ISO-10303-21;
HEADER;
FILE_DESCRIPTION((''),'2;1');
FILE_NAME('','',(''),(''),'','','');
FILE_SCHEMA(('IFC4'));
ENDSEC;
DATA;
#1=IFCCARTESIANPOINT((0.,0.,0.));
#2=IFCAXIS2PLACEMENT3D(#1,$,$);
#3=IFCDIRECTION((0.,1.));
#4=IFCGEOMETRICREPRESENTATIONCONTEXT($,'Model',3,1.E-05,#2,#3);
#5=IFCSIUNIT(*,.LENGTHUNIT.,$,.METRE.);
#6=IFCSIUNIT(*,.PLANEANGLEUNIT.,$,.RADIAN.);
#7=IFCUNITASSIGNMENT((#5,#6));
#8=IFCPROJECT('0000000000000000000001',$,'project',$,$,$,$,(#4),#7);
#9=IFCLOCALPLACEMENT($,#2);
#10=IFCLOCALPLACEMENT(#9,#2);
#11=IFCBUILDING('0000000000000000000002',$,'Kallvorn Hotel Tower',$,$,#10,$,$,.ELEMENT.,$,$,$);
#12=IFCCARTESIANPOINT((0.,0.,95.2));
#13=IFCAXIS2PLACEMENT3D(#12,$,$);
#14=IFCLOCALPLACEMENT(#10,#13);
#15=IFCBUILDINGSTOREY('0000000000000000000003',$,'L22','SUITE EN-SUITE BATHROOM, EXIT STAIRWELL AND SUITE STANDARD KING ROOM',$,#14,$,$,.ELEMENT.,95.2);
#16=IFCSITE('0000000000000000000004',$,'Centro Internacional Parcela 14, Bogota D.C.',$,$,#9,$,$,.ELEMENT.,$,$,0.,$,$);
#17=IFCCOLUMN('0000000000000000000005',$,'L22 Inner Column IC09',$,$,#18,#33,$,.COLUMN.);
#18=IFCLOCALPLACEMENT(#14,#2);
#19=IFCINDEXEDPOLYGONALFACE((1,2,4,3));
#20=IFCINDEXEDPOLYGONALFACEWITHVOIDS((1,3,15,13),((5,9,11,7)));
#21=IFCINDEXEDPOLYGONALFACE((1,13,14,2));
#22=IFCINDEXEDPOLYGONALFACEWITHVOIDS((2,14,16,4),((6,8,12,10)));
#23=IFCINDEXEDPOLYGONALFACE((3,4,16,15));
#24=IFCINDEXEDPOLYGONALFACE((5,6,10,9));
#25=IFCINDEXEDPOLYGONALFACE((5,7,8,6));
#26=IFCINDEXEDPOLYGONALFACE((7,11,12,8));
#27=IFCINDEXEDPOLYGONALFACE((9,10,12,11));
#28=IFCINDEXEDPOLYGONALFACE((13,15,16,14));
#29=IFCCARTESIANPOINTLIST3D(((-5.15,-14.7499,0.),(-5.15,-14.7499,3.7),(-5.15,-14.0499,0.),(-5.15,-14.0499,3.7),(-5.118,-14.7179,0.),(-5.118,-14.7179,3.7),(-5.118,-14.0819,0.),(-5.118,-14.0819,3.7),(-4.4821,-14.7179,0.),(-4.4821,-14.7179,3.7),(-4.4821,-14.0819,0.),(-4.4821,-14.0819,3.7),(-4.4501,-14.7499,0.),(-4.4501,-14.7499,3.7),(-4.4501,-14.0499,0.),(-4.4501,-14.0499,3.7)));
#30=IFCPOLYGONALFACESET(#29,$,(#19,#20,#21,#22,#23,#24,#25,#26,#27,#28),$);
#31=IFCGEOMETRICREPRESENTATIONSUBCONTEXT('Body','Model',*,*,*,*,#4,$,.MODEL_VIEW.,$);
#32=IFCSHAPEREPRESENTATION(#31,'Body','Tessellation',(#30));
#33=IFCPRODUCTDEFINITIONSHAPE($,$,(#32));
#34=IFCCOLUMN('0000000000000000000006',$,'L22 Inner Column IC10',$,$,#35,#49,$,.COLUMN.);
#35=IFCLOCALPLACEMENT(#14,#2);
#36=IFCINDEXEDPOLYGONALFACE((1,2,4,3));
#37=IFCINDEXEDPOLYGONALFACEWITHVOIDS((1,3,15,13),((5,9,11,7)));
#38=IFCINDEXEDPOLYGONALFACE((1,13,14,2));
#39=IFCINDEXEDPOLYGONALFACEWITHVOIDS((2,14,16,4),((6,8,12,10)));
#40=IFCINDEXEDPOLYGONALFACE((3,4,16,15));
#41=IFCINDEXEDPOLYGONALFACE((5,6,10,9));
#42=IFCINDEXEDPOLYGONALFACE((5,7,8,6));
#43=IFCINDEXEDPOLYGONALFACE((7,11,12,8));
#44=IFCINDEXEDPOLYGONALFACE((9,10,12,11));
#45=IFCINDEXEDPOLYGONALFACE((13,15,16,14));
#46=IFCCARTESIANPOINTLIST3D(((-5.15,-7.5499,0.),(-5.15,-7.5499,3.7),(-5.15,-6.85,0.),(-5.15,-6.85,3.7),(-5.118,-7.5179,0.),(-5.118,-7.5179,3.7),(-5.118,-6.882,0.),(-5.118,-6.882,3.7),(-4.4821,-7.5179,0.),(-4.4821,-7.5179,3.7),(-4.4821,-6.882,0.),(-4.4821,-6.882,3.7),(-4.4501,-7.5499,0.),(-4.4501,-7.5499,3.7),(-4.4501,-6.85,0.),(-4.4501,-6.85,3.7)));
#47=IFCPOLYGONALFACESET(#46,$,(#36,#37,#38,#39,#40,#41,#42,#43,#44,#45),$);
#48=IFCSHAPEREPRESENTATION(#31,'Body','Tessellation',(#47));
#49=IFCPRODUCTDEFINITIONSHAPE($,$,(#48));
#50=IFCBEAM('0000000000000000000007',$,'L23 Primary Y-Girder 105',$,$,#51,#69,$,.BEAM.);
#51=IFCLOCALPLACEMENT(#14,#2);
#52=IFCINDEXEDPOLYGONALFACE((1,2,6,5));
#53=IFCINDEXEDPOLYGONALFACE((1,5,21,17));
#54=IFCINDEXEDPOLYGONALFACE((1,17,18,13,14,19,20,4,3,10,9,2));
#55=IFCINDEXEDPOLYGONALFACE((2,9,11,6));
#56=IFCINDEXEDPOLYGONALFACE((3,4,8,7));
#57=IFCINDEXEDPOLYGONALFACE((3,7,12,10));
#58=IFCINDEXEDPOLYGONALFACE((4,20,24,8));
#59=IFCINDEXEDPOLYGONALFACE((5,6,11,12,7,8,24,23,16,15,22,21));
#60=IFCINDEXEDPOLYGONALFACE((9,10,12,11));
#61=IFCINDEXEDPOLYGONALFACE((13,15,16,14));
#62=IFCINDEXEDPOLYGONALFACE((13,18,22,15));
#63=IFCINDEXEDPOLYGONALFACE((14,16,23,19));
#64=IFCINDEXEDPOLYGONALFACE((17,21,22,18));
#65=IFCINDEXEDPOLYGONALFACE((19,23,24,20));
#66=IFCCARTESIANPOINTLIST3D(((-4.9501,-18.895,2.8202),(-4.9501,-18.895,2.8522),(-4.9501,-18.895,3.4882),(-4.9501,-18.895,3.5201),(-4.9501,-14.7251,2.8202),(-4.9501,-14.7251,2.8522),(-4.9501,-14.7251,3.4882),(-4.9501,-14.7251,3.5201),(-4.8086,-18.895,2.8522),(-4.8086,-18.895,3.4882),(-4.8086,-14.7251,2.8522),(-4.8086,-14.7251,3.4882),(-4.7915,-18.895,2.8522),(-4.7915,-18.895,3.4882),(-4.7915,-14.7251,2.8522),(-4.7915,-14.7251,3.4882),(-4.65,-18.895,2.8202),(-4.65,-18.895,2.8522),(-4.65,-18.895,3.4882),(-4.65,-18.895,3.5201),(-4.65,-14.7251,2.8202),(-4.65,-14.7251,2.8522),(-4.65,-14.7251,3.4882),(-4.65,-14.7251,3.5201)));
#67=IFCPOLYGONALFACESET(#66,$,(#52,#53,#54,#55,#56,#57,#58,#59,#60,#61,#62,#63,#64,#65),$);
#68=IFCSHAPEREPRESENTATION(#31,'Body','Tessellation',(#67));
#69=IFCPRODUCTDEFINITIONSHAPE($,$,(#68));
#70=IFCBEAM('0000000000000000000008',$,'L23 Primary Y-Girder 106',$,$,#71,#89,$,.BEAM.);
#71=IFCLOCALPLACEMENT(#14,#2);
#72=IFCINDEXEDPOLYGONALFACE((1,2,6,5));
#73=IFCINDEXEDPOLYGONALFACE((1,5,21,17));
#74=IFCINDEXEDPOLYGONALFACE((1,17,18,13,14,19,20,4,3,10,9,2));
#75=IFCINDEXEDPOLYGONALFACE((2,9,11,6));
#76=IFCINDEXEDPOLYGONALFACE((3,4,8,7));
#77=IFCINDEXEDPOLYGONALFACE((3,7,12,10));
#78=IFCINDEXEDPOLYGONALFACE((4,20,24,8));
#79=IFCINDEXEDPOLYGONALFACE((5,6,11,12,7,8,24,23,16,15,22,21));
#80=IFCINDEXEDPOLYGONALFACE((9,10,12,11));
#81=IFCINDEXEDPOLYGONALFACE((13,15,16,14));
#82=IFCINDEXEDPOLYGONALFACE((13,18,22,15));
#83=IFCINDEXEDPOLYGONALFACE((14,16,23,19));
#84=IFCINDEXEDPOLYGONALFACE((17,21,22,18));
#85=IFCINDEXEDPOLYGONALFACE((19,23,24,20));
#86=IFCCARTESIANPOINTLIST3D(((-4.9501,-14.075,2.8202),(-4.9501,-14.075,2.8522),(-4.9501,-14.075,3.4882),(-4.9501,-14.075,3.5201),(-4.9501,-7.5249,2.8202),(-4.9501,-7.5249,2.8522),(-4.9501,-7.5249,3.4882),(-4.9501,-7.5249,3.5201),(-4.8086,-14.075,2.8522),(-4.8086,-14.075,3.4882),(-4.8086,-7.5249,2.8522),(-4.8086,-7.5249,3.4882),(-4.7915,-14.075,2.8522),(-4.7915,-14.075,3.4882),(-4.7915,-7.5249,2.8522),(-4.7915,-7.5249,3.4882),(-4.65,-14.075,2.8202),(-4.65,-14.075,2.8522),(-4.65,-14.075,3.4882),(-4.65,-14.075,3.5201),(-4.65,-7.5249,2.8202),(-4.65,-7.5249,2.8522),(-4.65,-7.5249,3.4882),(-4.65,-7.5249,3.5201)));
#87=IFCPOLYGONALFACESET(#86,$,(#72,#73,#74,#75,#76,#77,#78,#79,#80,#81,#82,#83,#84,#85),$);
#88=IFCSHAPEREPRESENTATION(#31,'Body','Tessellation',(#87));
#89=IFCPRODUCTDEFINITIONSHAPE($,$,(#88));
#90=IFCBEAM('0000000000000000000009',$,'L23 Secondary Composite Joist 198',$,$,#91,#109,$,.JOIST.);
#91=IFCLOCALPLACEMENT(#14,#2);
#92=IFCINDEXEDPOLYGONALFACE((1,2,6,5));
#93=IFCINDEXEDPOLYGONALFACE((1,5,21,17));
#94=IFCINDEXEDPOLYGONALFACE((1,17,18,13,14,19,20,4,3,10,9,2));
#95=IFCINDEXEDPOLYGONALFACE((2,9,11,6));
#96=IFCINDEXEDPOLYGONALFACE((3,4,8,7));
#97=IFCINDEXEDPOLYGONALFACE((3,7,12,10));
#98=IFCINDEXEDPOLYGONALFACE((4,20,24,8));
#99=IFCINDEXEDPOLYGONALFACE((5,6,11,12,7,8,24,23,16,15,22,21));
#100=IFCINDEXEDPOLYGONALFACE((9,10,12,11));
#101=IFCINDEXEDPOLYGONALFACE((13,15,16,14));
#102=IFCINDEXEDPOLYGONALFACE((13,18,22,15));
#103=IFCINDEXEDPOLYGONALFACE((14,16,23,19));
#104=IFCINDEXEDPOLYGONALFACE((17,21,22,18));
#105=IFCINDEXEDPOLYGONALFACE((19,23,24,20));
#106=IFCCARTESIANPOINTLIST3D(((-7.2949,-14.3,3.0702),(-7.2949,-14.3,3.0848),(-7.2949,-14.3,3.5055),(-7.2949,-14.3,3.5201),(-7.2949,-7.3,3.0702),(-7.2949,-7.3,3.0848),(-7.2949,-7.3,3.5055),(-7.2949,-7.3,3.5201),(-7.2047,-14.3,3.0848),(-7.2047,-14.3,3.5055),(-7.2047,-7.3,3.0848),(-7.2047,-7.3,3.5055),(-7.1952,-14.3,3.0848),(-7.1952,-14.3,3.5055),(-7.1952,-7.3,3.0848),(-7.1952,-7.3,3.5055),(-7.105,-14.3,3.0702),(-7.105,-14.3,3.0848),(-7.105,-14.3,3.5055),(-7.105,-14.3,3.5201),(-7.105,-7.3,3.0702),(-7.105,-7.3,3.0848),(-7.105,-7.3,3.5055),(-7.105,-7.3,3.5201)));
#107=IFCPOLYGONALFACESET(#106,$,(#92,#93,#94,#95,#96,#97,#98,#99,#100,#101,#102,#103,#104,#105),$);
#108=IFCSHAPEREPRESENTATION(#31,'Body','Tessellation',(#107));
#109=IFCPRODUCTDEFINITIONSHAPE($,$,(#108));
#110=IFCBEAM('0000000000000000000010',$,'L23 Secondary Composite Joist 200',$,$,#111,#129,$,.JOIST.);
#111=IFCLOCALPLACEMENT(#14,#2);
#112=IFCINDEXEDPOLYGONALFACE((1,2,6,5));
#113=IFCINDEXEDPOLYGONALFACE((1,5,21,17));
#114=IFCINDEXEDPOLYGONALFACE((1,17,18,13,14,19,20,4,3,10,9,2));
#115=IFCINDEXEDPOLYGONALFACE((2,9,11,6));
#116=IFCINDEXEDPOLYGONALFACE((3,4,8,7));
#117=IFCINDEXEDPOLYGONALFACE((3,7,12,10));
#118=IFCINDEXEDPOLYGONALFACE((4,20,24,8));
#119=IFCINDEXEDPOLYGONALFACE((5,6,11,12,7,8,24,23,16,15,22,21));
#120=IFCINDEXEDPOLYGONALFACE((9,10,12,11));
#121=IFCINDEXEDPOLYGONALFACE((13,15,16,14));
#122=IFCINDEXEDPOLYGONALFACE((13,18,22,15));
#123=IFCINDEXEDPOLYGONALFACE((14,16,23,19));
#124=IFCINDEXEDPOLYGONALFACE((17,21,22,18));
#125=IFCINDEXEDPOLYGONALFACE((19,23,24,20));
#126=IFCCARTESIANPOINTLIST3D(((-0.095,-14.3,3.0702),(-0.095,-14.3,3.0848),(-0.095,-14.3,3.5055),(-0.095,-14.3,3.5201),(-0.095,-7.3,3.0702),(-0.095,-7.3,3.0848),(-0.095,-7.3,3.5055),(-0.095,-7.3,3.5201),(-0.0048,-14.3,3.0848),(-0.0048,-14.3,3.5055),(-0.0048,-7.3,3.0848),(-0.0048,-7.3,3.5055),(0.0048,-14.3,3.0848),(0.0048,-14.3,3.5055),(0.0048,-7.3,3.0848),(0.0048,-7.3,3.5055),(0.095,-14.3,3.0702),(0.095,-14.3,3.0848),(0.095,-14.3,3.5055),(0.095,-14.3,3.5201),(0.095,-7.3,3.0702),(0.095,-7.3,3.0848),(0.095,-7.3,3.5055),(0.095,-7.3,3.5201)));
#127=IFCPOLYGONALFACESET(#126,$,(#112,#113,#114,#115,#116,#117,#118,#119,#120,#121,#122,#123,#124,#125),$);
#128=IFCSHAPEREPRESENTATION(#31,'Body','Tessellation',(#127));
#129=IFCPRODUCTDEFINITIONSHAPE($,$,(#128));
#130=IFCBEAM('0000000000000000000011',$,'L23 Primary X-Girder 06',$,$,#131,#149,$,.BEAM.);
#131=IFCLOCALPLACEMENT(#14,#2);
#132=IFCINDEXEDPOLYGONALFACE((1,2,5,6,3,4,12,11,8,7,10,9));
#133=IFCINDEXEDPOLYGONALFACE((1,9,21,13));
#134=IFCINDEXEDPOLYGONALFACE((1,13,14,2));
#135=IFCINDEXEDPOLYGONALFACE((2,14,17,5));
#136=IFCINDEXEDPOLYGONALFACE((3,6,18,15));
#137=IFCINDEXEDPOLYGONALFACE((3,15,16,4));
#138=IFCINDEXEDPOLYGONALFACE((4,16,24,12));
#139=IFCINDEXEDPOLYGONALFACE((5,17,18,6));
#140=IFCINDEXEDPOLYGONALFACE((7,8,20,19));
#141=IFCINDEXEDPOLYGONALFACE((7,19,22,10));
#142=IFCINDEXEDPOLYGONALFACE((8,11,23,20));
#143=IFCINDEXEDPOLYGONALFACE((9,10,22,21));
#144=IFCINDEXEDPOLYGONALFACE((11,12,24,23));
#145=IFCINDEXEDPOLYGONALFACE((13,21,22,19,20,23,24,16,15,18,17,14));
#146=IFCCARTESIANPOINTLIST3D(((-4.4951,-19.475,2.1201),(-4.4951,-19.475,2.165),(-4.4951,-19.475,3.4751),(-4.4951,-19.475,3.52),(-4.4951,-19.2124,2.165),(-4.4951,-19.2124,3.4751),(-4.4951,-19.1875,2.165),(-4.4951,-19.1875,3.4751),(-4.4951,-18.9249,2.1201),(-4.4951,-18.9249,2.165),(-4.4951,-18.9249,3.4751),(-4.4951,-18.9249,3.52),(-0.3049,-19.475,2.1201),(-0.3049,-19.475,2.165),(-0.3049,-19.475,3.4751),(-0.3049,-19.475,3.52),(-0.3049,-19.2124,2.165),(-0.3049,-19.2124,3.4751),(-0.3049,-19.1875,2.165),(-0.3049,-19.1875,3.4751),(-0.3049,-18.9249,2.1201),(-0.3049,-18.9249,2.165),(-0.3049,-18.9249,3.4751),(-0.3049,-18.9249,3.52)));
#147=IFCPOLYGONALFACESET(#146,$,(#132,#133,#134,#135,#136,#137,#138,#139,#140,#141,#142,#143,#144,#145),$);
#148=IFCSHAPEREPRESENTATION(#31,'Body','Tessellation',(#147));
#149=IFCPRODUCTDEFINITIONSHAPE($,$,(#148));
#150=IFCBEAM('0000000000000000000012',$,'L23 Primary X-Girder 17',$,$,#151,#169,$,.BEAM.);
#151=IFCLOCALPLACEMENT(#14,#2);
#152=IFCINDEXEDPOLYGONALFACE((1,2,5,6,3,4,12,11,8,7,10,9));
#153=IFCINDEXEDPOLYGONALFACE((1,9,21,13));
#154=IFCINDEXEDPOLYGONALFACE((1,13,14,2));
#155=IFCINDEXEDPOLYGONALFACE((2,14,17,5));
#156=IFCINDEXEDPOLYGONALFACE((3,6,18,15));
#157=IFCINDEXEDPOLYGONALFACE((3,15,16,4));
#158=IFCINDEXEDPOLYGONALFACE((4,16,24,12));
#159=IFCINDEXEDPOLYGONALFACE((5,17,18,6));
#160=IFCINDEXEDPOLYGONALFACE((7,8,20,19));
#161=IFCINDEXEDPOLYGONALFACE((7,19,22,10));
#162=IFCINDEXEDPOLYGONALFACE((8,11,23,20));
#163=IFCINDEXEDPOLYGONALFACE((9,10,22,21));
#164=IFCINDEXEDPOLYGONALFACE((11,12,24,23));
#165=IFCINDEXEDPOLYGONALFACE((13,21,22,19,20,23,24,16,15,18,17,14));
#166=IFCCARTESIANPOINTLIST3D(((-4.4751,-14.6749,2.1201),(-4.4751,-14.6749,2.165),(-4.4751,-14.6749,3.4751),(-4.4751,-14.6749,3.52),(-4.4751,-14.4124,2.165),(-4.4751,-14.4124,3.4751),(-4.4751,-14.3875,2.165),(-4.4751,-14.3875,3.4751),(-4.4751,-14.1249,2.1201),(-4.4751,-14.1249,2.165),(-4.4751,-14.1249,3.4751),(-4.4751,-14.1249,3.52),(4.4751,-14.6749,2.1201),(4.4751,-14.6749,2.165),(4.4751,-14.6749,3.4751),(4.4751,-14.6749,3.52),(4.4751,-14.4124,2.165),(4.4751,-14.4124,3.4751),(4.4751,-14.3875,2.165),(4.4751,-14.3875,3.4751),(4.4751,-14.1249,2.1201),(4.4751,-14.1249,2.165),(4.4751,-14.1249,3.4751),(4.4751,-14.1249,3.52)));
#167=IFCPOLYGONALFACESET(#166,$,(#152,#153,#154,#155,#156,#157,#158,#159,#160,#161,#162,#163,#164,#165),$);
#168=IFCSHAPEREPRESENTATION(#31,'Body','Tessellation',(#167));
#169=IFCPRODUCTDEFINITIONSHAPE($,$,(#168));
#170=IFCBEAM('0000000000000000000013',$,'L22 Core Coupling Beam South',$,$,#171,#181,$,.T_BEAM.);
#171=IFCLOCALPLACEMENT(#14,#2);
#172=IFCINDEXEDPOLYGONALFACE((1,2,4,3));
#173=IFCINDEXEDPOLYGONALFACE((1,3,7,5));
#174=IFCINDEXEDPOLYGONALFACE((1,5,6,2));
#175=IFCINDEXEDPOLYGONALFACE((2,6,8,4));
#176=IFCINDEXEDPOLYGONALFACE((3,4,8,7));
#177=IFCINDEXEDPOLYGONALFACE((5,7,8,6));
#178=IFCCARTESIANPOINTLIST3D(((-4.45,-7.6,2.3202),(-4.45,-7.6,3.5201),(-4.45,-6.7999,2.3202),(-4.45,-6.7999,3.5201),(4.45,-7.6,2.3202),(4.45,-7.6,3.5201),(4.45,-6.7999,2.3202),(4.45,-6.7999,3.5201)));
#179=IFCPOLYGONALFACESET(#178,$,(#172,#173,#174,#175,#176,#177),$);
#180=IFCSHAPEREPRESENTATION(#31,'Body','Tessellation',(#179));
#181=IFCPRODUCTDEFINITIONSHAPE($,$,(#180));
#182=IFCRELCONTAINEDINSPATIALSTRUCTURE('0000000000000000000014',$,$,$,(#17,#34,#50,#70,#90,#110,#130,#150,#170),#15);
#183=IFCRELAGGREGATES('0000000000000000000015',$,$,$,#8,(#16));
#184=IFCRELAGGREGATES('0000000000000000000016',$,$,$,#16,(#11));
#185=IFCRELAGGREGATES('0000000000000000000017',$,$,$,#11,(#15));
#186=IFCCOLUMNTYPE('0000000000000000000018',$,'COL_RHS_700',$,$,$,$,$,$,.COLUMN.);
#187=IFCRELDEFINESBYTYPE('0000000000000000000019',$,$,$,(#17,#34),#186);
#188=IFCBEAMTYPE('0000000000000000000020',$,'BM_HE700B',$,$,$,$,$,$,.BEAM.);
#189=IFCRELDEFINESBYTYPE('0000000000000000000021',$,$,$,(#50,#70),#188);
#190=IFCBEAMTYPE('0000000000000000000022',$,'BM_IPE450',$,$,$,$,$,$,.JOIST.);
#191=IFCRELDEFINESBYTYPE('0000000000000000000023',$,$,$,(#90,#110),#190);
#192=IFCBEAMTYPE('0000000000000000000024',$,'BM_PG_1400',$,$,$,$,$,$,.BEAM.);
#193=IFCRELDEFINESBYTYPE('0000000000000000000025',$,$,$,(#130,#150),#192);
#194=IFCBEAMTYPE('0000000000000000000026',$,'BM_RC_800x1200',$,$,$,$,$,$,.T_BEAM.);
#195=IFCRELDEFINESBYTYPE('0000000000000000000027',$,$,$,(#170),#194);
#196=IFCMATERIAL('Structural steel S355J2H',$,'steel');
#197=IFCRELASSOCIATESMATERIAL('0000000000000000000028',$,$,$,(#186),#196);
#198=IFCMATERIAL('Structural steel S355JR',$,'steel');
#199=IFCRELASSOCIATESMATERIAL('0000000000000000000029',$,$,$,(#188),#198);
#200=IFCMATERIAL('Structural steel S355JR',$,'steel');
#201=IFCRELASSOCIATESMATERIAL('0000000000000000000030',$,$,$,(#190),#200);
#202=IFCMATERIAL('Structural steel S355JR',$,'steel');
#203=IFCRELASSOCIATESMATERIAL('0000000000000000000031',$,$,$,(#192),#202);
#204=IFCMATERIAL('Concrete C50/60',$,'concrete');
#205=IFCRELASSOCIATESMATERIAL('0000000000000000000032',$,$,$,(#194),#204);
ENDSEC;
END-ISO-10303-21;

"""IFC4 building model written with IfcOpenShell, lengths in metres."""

from ifc_helpers import new_model, si_unit, direction, frame, origin, origin_2d, place, context, subcontext, project, spatial, rectangle, hollow_rectangle, i_section, extrude, material, material_profile, profile_set, type_object, element, save


model = new_model("IFC4")

# Units and contexts
model_context = context("Model", 3, precision=1e-05, world=origin(), true_north=direction((0.0, 1.0)))
body_context = subcontext(model_context, "Body", "Model", "MODEL_VIEW")
ifc_project = project(units=[si_unit("LENGTHUNIT", "METRE"), si_unit("PLANEANGLEUNIT", "RADIAN")], contexts=[model_context])

# Site, building, storey
site_placement = place(None, origin())
site = spatial("IfcSite", under=ifc_project, at=site_placement, Name="Centro Internacional Parcela 14, Bogota D.C.", CompositionType="ELEMENT", RefElevation=0.0)
building_placement = place(site_placement, origin())
building = spatial("IfcBuilding", under=site, at=building_placement, Name="Kallvorn Hotel Tower", CompositionType="ELEMENT")
storey_placement = place(building_placement, frame((0.0, 0.0, 95.2)))
storey = spatial("IfcBuildingStorey", under=building, at=storey_placement, Name="L22", Description="SUITE EN-SUITE BATHROOM, EXIT STAIRWELL AND SUITE STANDARD KING ROOM", CompositionType="ELEMENT", Elevation=95.2)

# Columns
ifc_material_1 = material(Name="Structural steel S355J2H", Category="steel")
ifc_material_profile_1 = material_profile(ifc_material_1, hollow_rectangle(XDim=0.7, YDim=0.7, WallThickness=0.032, at=origin_2d()), Name="RHS 700x700x32")
ifc_profile_set_1 = profile_set([ifc_material_profile_1], Name="Structural steel S355J2H")
column_type_1 = type_object("IfcColumnType", Name="COL_RHS_700", PredefinedType="COLUMN", material=ifc_profile_set_1)
for number, where, z_axis, x_axis, name in (
    (1, (-4.8, -14.3999, 0.0), (0.0, 0.0, 1.0), (1.0, 0.0, 0.0), "L22 Inner Column IC09"),
    (2, (-4.8, -7.2, 0.0), (0.0, 0.0, 1.0), (1.0, 0.0, 0.0), "L22 Inner Column IC10"),
):
    element("IfcColumn", number, at=place(storey_placement, frame(where, z_axis=z_axis, x_axis=x_axis)), inside=storey, type_object=column_type_1, Name=name, PredefinedType="COLUMN", context=body_context, shape_type="SweptSolid", body=[
        extrude(hollow_rectangle(XDim=0.7, YDim=0.7, WallThickness=0.032, at=origin_2d()), origin(), (0.0, 0.0, 1.0), 3.7),
    ])

# Beams
ifc_material_2 = material(Name="Structural steel S355JR", Category="steel")
ifc_material_profile_2 = material_profile(ifc_material_2, i_section(OverallWidth=0.3, OverallDepth=0.7, WebThickness=0.0171, FlangeThickness=0.032, at=origin_2d()), Name="HE 700 B")
ifc_profile_set_2 = profile_set([ifc_material_profile_2], Name="Structural steel S355JR")
beam_type_1 = type_object("IfcBeamType", Name="BM_HE700B", PredefinedType="BEAM", material=ifc_profile_set_2)
beam_1_placement = place(storey_placement, frame((-4.8, -18.895, 3.1702), z_axis=(0.0, 1.0, 0.0), x_axis=(-1.0, 0.0, 0.0)))
element("IfcBeam", 3, at=beam_1_placement, inside=storey, type_object=beam_type_1, Name="L23 Primary Y-Girder 105", PredefinedType="BEAM", context=body_context, shape_type="SweptSolid", body=[
    extrude(i_section(OverallWidth=0.3, OverallDepth=0.7, WebThickness=0.0171, FlangeThickness=0.032, at=origin_2d()), origin(), (0.0, 0.0, 1.0), 4.1699),
])
beam_2_placement = place(storey_placement, frame((-4.8, -14.075, 3.1702), z_axis=(0.0, 1.0, 0.0), x_axis=(-1.0, 0.0, 0.0)))
element("IfcBeam", 4, at=beam_2_placement, inside=storey, type_object=beam_type_1, Name="L23 Primary Y-Girder 106", PredefinedType="BEAM", context=body_context, shape_type="SweptSolid", body=[
    extrude(i_section(OverallWidth=0.3, OverallDepth=0.7, WebThickness=0.0171, FlangeThickness=0.032, at=origin_2d()), origin(), (0.0, 0.0, 1.0), 6.55),
])
ifc_material_3 = material(Name="Structural steel S355JR", Category="steel")
ifc_material_profile_3 = material_profile(ifc_material_3, i_section(OverallWidth=0.1899, OverallDepth=0.45, WebThickness=0.0095, FlangeThickness=0.0146, at=origin_2d()), Name="IPE 450")
ifc_profile_set_3 = profile_set([ifc_material_profile_3], Name="Structural steel S355JR")
beam_type_2 = type_object("IfcBeamType", Name="BM_IPE450", PredefinedType="JOIST", material=ifc_profile_set_3)
for number, where, z_axis, x_axis, name in (
    (5, (-7.2, -14.3, 3.2952), (0.0, 1.0, 0.0), (-1.0, 0.0, 0.0), "L23 Secondary Composite Joist 198"),
    (6, (0.0, -14.3, 3.2952), (0.0, 1.0, 0.0), (-1.0, 0.0, 0.0), "L23 Secondary Composite Joist 200"),
):
    element("IfcBeam", number, at=place(storey_placement, frame(where, z_axis=z_axis, x_axis=x_axis)), inside=storey, type_object=beam_type_2, Name=name, PredefinedType="JOIST", context=body_context, shape_type="SweptSolid", body=[
        extrude(i_section(OverallWidth=0.1899, OverallDepth=0.45, WebThickness=0.0095, FlangeThickness=0.0146, at=origin_2d()), origin(), (0.0, 0.0, 1.0), 7.0),
    ])
ifc_material_4 = material(Name="Structural steel S355JR", Category="steel")
ifc_material_profile_4 = material_profile(ifc_material_4, i_section(OverallWidth=0.55, OverallDepth=1.3999, WebThickness=0.0249, FlangeThickness=0.0449, at=origin_2d()), Name="PG 1400x550x25x45")
ifc_profile_set_4 = profile_set([ifc_material_profile_4], Name="Structural steel S355JR")
beam_type_3 = type_object("IfcBeamType", Name="BM_PG_1400", PredefinedType="BEAM", material=ifc_profile_set_4)
beam_3_placement = place(storey_placement, frame((-4.4951, -19.2, 2.8201), z_axis=(1.0, 0.0, 0.0), x_axis=(0.0, 1.0, 0.0)))
element("IfcBeam", 7, at=beam_3_placement, inside=storey, type_object=beam_type_3, Name="L23 Primary X-Girder 06", PredefinedType="BEAM", context=body_context, shape_type="SweptSolid", body=[
    extrude(i_section(OverallWidth=0.55, OverallDepth=1.3999, WebThickness=0.0249, FlangeThickness=0.0449, at=origin_2d()), origin(), (0.0, 0.0, 1.0), 4.1902),
])
beam_4_placement = place(storey_placement, frame((-4.4751, -14.3999, 2.8201), z_axis=(1.0, 0.0, 0.0), x_axis=(0.0, 1.0, 0.0)))
element("IfcBeam", 8, at=beam_4_placement, inside=storey, type_object=beam_type_3, Name="L23 Primary X-Girder 17", PredefinedType="BEAM", context=body_context, shape_type="SweptSolid", body=[
    extrude(i_section(OverallWidth=0.55, OverallDepth=1.3999, WebThickness=0.0249, FlangeThickness=0.0449, at=origin_2d()), origin(), (0.0, 0.0, 1.0), 8.9502),
])
ifc_material_5 = material(Name="Concrete C50/60", Category="concrete")
ifc_material_profile_5 = material_profile(ifc_material_5, rectangle(XDim=0.8, YDim=1.2, at=origin_2d()), Name="RC 800x1200")
ifc_profile_set_5 = profile_set([ifc_material_profile_5], Name="Concrete C50/60")
beam_type_4 = type_object("IfcBeamType", Name="BM_RC_800x1200", PredefinedType="T_BEAM", material=ifc_profile_set_5)
beam_5_placement = place(storey_placement, frame((-4.45, -7.2, 2.9202), z_axis=(1.0, 0.0, 0.0), x_axis=(0.0, 1.0, 0.0)))
element("IfcBeam", 9, at=beam_5_placement, inside=storey, type_object=beam_type_4, Name="L22 Core Coupling Beam South", PredefinedType="T_BEAM", context=body_context, shape_type="SweptSolid", body=[
    extrude(rectangle(XDim=0.8, YDim=1.2, at=origin_2d()), origin(), (0.0, 0.0, 1.0), 8.8999),
])

save(model, "model.ifc")
